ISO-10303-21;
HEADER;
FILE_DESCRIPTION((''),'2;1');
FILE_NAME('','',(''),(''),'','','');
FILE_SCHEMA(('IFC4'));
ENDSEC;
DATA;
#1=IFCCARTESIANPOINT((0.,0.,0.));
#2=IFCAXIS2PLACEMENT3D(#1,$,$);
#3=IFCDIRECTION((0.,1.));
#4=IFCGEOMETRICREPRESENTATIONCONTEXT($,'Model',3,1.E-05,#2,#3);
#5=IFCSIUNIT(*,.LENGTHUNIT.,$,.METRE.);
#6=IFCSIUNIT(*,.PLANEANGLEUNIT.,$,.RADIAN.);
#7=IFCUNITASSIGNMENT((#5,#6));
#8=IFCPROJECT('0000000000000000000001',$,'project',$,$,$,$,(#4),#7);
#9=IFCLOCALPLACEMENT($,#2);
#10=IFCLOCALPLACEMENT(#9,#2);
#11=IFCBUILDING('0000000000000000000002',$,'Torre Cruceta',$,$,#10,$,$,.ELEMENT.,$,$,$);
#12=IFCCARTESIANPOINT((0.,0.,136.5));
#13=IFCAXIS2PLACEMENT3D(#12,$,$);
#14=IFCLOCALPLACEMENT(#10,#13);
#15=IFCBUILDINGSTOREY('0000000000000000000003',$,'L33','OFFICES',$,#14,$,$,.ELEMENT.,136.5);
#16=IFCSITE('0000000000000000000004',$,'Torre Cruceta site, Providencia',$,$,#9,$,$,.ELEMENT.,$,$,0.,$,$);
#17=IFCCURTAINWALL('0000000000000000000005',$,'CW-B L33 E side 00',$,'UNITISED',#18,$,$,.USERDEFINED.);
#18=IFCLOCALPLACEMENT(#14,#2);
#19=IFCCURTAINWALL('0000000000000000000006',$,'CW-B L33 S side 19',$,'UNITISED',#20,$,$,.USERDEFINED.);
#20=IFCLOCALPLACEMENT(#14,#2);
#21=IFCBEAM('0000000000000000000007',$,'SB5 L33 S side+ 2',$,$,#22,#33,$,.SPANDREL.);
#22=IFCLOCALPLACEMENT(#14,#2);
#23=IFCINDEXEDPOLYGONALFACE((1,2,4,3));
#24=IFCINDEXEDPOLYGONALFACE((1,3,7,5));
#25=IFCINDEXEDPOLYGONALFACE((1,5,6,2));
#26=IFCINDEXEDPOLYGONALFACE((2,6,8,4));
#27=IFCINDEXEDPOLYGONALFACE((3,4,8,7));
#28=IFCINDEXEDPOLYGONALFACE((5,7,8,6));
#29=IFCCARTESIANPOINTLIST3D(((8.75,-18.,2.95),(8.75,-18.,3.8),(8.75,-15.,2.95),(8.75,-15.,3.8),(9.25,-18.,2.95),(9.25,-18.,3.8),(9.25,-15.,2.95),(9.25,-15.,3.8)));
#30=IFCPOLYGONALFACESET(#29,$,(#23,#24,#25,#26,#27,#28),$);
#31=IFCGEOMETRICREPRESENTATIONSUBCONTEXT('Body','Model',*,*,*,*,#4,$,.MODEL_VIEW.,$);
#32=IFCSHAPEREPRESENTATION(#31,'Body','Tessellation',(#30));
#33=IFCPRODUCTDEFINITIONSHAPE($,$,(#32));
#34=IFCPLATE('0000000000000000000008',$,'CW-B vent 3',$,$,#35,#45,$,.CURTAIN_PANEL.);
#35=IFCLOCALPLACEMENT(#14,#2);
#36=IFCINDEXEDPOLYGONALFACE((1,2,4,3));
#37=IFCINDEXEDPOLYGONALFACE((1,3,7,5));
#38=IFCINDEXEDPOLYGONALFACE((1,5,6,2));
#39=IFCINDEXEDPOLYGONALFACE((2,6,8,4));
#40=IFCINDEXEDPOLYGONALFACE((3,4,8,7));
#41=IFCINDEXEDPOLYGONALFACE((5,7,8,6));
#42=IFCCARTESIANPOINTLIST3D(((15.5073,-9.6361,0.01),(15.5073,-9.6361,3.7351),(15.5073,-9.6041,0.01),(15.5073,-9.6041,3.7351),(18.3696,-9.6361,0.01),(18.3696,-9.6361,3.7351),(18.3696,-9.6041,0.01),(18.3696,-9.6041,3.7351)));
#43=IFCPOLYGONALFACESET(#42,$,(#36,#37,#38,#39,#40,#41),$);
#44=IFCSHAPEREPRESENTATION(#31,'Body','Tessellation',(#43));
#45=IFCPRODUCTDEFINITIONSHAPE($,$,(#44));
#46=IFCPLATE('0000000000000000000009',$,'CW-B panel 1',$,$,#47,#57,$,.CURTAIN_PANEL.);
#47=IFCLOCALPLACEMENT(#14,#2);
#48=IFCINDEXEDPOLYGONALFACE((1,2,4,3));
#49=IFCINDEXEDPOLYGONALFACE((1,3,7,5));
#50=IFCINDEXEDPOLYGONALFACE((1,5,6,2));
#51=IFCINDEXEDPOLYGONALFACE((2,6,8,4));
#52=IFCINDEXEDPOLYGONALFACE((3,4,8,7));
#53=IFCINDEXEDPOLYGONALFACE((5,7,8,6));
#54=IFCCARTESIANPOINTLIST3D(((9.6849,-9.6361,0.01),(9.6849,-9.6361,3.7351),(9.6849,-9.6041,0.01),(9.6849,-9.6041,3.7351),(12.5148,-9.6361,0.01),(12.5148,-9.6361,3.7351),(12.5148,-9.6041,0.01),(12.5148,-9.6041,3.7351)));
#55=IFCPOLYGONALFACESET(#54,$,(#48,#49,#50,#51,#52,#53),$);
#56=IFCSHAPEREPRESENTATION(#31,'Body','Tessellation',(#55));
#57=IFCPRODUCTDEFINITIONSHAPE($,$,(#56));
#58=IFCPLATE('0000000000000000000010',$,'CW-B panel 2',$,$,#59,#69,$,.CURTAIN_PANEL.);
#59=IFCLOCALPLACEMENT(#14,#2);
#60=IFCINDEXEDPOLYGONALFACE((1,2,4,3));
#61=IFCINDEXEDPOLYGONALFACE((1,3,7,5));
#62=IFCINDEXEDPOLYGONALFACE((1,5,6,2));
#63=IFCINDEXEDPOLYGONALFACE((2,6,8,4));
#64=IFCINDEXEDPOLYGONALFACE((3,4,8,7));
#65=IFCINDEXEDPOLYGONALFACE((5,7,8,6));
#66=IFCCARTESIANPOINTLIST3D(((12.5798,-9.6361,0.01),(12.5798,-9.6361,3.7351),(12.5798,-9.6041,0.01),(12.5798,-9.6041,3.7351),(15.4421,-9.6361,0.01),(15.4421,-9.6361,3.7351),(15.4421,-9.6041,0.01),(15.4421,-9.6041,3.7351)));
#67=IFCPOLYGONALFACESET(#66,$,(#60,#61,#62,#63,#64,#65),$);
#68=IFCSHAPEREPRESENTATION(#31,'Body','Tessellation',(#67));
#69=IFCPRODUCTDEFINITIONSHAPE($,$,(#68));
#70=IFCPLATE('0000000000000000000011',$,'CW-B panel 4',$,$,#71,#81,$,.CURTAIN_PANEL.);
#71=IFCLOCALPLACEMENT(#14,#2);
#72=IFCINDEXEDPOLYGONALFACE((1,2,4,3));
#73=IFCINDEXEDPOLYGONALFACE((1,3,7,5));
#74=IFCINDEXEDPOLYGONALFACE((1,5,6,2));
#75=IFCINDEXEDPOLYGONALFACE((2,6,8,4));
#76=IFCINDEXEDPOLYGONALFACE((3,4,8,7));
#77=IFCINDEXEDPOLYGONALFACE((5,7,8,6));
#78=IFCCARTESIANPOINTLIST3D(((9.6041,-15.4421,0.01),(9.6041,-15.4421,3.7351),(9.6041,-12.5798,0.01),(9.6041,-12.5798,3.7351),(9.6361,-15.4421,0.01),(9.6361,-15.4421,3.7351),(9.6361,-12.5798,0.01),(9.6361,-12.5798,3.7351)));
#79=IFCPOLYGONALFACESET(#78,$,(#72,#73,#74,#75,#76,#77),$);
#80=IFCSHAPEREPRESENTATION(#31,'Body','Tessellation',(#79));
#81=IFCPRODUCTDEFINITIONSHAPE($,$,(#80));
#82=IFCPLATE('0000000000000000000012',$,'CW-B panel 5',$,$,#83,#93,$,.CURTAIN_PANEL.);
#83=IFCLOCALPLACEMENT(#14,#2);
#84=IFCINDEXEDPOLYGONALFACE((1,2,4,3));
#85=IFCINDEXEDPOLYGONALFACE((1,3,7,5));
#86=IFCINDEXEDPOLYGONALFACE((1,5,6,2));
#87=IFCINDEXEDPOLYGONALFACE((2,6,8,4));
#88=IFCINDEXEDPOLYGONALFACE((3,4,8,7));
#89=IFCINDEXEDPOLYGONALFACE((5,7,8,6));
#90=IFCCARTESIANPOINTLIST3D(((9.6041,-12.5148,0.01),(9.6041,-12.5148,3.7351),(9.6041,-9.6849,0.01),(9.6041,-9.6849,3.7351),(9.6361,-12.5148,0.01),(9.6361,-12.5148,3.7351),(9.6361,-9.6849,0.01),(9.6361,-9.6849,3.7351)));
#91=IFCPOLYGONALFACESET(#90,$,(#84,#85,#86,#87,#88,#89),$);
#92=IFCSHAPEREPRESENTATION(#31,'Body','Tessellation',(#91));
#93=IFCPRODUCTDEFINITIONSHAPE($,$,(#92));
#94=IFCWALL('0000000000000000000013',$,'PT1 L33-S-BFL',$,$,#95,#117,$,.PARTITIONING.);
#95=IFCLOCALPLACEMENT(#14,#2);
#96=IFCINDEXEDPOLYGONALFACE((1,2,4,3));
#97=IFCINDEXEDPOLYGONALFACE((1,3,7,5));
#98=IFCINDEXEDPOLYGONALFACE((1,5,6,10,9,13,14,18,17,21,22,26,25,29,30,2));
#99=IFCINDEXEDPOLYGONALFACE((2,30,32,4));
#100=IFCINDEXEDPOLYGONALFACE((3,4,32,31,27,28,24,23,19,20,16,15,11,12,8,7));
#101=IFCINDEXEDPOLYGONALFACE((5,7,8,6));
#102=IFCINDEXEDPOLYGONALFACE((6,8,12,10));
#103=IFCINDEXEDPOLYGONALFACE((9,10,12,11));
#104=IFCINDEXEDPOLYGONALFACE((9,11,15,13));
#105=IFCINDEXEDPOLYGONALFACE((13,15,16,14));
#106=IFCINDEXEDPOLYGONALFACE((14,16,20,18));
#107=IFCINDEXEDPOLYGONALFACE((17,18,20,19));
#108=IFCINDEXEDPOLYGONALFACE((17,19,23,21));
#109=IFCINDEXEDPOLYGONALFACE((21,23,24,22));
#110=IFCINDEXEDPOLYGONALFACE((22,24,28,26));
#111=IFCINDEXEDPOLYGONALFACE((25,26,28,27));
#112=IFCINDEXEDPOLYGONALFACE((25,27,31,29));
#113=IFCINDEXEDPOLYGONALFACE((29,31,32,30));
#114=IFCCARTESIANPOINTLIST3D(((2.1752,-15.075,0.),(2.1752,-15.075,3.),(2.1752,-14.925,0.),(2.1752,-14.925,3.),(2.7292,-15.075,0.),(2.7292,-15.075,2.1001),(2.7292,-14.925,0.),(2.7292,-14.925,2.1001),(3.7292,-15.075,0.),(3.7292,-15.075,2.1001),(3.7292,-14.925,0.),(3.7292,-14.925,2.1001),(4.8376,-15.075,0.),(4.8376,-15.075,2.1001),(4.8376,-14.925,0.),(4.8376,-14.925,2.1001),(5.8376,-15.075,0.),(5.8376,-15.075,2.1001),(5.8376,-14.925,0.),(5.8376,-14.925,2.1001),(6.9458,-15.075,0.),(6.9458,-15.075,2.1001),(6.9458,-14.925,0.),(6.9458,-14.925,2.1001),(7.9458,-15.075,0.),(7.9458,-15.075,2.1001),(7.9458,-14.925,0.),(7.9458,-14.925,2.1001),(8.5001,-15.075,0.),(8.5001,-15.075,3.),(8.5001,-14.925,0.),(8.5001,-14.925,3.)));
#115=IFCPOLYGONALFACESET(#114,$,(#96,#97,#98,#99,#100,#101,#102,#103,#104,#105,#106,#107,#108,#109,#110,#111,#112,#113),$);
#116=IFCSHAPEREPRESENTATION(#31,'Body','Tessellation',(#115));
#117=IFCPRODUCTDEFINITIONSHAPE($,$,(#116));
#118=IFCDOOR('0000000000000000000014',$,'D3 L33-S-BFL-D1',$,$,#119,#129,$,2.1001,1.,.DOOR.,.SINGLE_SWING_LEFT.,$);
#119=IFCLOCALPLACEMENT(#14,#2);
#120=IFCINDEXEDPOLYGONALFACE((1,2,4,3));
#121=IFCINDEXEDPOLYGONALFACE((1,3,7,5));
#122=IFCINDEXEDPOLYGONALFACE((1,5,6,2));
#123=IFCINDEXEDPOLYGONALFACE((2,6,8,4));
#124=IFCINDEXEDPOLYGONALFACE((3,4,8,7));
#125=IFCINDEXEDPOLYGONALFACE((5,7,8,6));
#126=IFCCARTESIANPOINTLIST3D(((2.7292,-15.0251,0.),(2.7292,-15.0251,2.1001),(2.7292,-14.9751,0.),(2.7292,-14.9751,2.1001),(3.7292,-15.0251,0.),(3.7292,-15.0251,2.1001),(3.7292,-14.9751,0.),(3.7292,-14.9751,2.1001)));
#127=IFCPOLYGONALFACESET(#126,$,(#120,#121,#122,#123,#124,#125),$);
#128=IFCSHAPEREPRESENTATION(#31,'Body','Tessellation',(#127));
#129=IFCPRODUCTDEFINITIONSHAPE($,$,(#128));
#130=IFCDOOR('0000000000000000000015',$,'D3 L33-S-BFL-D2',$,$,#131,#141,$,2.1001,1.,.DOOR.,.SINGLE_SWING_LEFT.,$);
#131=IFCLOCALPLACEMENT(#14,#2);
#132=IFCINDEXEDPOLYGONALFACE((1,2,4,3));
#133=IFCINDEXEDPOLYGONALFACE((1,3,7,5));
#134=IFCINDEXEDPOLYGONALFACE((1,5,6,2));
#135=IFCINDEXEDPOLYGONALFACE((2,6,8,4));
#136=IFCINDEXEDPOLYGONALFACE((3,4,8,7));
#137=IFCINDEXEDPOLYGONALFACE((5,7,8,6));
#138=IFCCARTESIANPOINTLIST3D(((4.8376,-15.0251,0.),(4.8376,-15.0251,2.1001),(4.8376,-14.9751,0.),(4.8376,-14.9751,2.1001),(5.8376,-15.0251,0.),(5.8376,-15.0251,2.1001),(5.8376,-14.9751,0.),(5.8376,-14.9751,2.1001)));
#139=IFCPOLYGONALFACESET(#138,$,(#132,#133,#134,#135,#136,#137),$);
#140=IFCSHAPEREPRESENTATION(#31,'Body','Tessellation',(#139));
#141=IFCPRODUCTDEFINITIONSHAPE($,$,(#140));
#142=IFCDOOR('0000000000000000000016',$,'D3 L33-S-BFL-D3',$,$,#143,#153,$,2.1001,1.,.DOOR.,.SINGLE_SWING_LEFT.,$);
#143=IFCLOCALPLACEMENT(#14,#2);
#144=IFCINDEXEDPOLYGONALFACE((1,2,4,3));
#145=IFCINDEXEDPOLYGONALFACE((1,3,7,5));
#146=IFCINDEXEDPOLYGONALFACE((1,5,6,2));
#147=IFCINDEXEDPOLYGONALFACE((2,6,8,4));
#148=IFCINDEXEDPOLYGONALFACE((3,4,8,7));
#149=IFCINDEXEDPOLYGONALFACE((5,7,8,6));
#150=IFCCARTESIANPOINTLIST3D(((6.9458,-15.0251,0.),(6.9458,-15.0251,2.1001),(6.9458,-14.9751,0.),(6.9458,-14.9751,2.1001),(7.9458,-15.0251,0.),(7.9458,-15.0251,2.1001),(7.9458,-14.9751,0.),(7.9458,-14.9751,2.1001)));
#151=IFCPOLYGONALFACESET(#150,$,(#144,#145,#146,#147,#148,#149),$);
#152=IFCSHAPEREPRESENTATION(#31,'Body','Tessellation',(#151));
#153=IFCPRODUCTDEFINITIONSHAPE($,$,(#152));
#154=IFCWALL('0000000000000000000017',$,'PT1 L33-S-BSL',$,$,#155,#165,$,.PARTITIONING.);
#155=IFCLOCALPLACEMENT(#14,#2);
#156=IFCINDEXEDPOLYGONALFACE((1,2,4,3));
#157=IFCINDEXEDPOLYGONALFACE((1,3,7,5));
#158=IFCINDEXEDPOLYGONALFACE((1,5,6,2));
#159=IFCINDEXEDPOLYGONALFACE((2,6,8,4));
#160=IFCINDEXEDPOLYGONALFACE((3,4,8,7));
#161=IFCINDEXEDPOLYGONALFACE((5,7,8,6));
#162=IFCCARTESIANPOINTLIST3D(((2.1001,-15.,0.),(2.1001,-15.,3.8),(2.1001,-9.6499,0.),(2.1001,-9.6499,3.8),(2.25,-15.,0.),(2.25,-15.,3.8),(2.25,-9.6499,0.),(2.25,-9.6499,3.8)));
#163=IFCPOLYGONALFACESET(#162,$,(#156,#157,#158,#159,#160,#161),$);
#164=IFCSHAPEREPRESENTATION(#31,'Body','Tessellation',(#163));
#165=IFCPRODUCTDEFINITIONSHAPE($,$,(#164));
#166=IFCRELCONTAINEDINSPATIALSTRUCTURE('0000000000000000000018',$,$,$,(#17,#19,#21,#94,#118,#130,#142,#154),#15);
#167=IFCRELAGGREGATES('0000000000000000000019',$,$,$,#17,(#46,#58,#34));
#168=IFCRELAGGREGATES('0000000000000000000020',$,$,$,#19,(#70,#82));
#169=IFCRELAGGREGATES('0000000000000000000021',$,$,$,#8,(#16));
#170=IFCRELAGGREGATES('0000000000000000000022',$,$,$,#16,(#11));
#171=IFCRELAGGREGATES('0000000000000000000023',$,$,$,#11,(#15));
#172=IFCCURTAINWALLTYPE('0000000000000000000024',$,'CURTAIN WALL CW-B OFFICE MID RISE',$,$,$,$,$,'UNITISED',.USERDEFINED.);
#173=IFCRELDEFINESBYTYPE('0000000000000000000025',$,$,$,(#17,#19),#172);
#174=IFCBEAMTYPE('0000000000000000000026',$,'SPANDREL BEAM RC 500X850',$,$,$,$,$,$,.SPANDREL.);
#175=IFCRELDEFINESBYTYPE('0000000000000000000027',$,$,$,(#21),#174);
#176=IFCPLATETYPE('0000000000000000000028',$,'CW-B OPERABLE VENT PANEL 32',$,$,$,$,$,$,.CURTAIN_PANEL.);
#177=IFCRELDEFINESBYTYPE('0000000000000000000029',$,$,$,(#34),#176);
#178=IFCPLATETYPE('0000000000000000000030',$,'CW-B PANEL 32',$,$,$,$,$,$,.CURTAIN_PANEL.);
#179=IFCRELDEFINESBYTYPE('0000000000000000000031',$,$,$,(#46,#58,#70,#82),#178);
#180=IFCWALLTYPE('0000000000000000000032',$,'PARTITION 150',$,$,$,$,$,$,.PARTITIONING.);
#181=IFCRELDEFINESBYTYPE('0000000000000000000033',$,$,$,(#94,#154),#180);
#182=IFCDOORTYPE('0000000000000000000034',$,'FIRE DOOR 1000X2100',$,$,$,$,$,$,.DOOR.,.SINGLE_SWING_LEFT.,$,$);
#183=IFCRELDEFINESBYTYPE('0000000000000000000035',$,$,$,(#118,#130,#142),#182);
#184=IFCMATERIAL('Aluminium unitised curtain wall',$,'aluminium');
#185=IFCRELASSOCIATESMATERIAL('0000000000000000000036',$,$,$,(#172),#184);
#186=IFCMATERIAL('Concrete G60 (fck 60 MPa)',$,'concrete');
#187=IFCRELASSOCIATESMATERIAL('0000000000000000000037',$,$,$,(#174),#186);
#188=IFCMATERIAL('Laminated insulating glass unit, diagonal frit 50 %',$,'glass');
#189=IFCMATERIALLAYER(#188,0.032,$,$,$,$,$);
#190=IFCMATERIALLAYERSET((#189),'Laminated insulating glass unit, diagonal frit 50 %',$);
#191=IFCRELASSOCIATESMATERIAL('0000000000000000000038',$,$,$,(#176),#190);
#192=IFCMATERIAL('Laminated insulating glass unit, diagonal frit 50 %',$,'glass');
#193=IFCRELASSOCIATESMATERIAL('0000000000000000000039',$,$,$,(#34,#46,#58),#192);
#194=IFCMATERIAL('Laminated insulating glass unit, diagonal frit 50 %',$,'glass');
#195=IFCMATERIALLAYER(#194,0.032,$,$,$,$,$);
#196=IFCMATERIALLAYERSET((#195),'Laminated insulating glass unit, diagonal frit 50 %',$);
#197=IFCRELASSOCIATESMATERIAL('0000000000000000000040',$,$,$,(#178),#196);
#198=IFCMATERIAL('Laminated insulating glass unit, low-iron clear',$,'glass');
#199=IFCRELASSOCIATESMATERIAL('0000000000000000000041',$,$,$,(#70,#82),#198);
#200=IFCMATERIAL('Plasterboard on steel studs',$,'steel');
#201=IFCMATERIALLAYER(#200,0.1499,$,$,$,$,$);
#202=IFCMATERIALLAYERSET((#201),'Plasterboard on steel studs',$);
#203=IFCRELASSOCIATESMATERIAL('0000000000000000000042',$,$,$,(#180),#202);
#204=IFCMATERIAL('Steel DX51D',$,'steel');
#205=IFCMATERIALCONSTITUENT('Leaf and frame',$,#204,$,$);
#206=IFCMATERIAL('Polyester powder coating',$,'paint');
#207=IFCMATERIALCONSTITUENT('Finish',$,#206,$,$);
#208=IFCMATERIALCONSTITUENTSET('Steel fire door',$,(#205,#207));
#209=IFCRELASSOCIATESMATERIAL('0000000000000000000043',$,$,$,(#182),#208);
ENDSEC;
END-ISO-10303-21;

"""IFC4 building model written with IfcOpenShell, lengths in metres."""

from ifc_helpers import new_model, si_unit, direction, frame, frame_2d, origin, origin_2d, place, context, subcontext, project, spatial, rectangle, extrude, material, layer, layer_set, constituent, constituent_set, material_profile, profile_set, type_object, element, fill, aggregate, save


model = new_model("IFC4")

# Units and contexts
model_context = context("Model", 3, precision=1e-05, world=origin(), true_north=direction((0.0, 1.0)))
body_context = subcontext(model_context, "Body", "Model", "MODEL_VIEW")
ifc_project = project(units=[si_unit("LENGTHUNIT", "METRE"), si_unit("PLANEANGLEUNIT", "RADIAN")], contexts=[model_context])

# Site, building, storey
site_placement = place(None, origin())
site = spatial("IfcSite", under=ifc_project, at=site_placement, Name="Torre Cruceta site, Providencia", CompositionType="ELEMENT", RefElevation=0.0)
building_placement = place(site_placement, origin())
building = spatial("IfcBuilding", under=site, at=building_placement, Name="Torre Cruceta", CompositionType="ELEMENT")
storey_placement = place(building_placement, frame((0.0, 0.0, 136.5)))
storey = spatial("IfcBuildingStorey", under=building, at=storey_placement, Name="L33", Description="OFFICES", CompositionType="ELEMENT", Elevation=136.5)

# Curtain walls
ifc_material_1 = material(Name="Aluminium unitised curtain wall", Category="aluminium")
curtain_wall_type = type_object("IfcCurtainWallType", Name="CURTAIN WALL CW-B OFFICE MID RISE", ElementType="UNITISED", PredefinedType="USERDEFINED", material=ifc_material_1)
curtain_wall_1_placement = place(storey_placement, origin())
curtain_wall_1 = element("IfcCurtainWall", 1, at=curtain_wall_1_placement, inside=storey, type_object=curtain_wall_type, Name="CW-B L33 E side 00", ObjectType="UNITISED", PredefinedType="USERDEFINED")
curtain_wall_2_placement = place(storey_placement, origin())
curtain_wall_2 = element("IfcCurtainWall", 2, at=curtain_wall_2_placement, inside=storey, type_object=curtain_wall_type, Name="CW-B L33 S side 19", ObjectType="UNITISED", PredefinedType="USERDEFINED")

# Beam
ifc_material_2 = material(Name="Concrete G60 (fck 60 MPa)", Category="concrete")
ifc_material_profile_1 = material_profile(ifc_material_2, rectangle(XDim=0.5, YDim=0.8501, at=origin_2d()), Name="RC 500X850")
ifc_profile_set_1 = profile_set([ifc_material_profile_1], Name="Concrete G60 (fck 60 MPa)")
beam_type_1 = type_object("IfcBeamType", Name="SPANDREL BEAM RC 500X850", PredefinedType="SPANDREL", material=ifc_profile_set_1)
beam_1_placement = place(storey_placement, frame((9.0, -15.0, 3.375), z_axis=(0.0, -1.0, 0.0), x_axis=(1.0, 0.0, 0.0)))
element("IfcBeam", 3, at=beam_1_placement, inside=storey, type_object=beam_type_1, Name="SB5 L33 S side+ 2", PredefinedType="SPANDREL", context=body_context, shape_type="SweptSolid", body=[
    extrude(rectangle(XDim=0.5, YDim=0.8501, at=origin_2d()), origin(), (0.0, 0.0, 1.0), 3.0),
])

# Plates
ifc_material_3 = material(Name="Laminated insulating glass unit, diagonal frit 50 %", Category="glass")
ifc_material_4 = material(Name="Laminated insulating glass unit, diagonal frit 50 %", Category="glass")
ifc_layer_1 = layer(ifc_material_4, 0.032)
ifc_layer_set_1 = layer_set([ifc_layer_1], Name="Laminated insulating glass unit, diagonal frit 50 %")
plate_type_1 = type_object("IfcPlateType", Name="CW-B OPERABLE VENT PANEL 32", PredefinedType="CURTAIN_PANEL", material=ifc_layer_set_1)
plate_1_placement = place(storey_placement, frame((16.9385, -9.6201, 0.01), z_axis=(0.0, 0.0, 1.0), x_axis=(1.0, 0.0, 0.0)))
plate_1 = element("IfcPlate", 4, at=plate_1_placement, type_object=plate_type_1, material=ifc_material_3, Name="CW-B vent 3", PredefinedType="CURTAIN_PANEL", context=body_context, shape_type="SweptSolid", body=[
    extrude(rectangle(XDim=2.8623, YDim=0.032, at=origin_2d()), origin(), (0.0, 0.0, 1.0), 3.7251),
])
ifc_material_5 = material(Name="Laminated insulating glass unit, diagonal frit 50 %", Category="glass")
ifc_layer_2 = layer(ifc_material_5, 0.032)
ifc_layer_set_2 = layer_set([ifc_layer_2], Name="Laminated insulating glass unit, diagonal frit 50 %")
plate_type_2 = type_object("IfcPlateType", Name="CW-B PANEL 32", PredefinedType="CURTAIN_PANEL", material=ifc_layer_set_2)
plate_2_placement = place(storey_placement, frame((11.0999, -9.6201, 0.01), z_axis=(0.0, 0.0, 1.0), x_axis=(1.0, 0.0, 0.0)))
plate_2 = element("IfcPlate", 5, at=plate_2_placement, type_object=plate_type_2, material=ifc_material_3, Name="CW-B panel 1", PredefinedType="CURTAIN_PANEL", context=body_context, shape_type="SweptSolid", body=[
    extrude(rectangle(XDim=2.8298, YDim=0.032, at=origin_2d()), origin(), (0.0, 0.0, 1.0), 3.7251),
])
plate_3_placement = place(storey_placement, frame((14.011, -9.6201, 0.01), z_axis=(0.0, 0.0, 1.0), x_axis=(1.0, 0.0, 0.0)))
plate_3 = element("IfcPlate", 6, at=plate_3_placement, type_object=plate_type_2, material=ifc_material_3, Name="CW-B panel 2", PredefinedType="CURTAIN_PANEL", context=body_context, shape_type="SweptSolid", body=[
    extrude(rectangle(XDim=2.8623, YDim=0.032, at=origin_2d()), origin(), (0.0, 0.0, 1.0), 3.7251),
])
aggregate(curtain_wall_1, [plate_2, plate_3, plate_1])
ifc_material_6 = material(Name="Laminated insulating glass unit, low-iron clear", Category="glass")
plate_4_placement = place(storey_placement, frame((9.6201, -14.011, 0.01), z_axis=(0.0, 0.0, 1.0), x_axis=(0.0, 1.0, 0.0)))
plate_4 = element("IfcPlate", 7, at=plate_4_placement, type_object=plate_type_2, material=ifc_material_6, Name="CW-B panel 4", PredefinedType="CURTAIN_PANEL", context=body_context, shape_type="SweptSolid", body=[
    extrude(rectangle(XDim=2.8623, YDim=0.032, at=origin_2d()), origin(), (0.0, 0.0, 1.0), 3.7251),
])
plate_5_placement = place(storey_placement, frame((9.6201, -11.0999, 0.01), z_axis=(0.0, 0.0, 1.0), x_axis=(0.0, 1.0, 0.0)))
plate_5 = element("IfcPlate", 8, at=plate_5_placement, type_object=plate_type_2, material=ifc_material_6, Name="CW-B panel 5", PredefinedType="CURTAIN_PANEL", context=body_context, shape_type="SweptSolid", body=[
    extrude(rectangle(XDim=2.8298, YDim=0.032, at=origin_2d()), origin(), (0.0, 0.0, 1.0), 3.7251),
])
aggregate(curtain_wall_2, [plate_4, plate_5])

# Wall, openings, doors
ifc_material_7 = material(Name="Plasterboard on steel studs", Category="steel")
ifc_layer_3 = layer(ifc_material_7, 0.1499)
ifc_layer_set_3 = layer_set([ifc_layer_3], Name="Plasterboard on steel studs")
wall_type_1 = type_object("IfcWallType", Name="PARTITION 150", PredefinedType="PARTITIONING", material=ifc_layer_set_3)
wall_1_placement = place(storey_placement, frame((2.175, -15.0, 0.0), z_axis=(0.0, 0.0, 1.0), x_axis=(1.0, 0.0, 0.0)))
wall_1 = element("IfcWall", 9, at=wall_1_placement, inside=storey, type_object=wall_type_1, Name="PT1 L33-S-BFL", PredefinedType="PARTITIONING", context=body_context, shape_type="SweptSolid", body=[
    extrude(rectangle(XDim=6.325, YDim=0.1499, at=frame_2d((3.1626, 0.0))), origin(), (0.0, 0.0, 1.0), 3.0),
])
opening_1_placement = place(wall_1_placement, frame((0.5542, 0.0, 0.0)))
opening_1 = element("IfcOpeningElement", 10, at=opening_1_placement, cuts=wall_1, PredefinedType="OPENING", context=body_context, shape_type="SweptSolid", body=[
    extrude(rectangle(XDim=1.0, YDim=2.1001, at=frame_2d((0.5, 1.05))), frame((0.0, 0.085, 0.0), z_axis=(0.0, -1.0, 0.0), x_axis=(1.0, 0.0, 0.0)), (0.0, 0.0, 1.0), 0.1699),
])
opening_2_placement = place(wall_1_placement, frame((2.6626, 0.0, 0.0)))
opening_2 = element("IfcOpeningElement", 11, at=opening_2_placement, cuts=wall_1, PredefinedType="OPENING", context=body_context, shape_type="SweptSolid", body=[
    extrude(rectangle(XDim=1.0, YDim=2.1001, at=frame_2d((0.5, 1.05))), frame((0.0, 0.085, 0.0), z_axis=(0.0, -1.0, 0.0), x_axis=(1.0, 0.0, 0.0)), (0.0, 0.0, 1.0), 0.1699),
])
opening_3_placement = place(wall_1_placement, frame((4.7708, 0.0, 0.0)))
opening_3 = element("IfcOpeningElement", 12, at=opening_3_placement, cuts=wall_1, PredefinedType="OPENING", context=body_context, shape_type="SweptSolid", body=[
    extrude(rectangle(XDim=1.0, YDim=2.1001, at=frame_2d((0.5, 1.05))), frame((0.0, 0.085, 0.0), z_axis=(0.0, -1.0, 0.0), x_axis=(1.0, 0.0, 0.0)), (0.0, 0.0, 1.0), 0.1699),
])
ifc_material_8 = material(Name="Steel DX51D", Category="steel")
ifc_constituent_1 = constituent(ifc_material_8, Name="Leaf and frame")
ifc_material_9 = material(Name="Polyester powder coating", Category="paint")
ifc_constituent_2 = constituent(ifc_material_9, Name="Finish")
ifc_constituent_set = constituent_set(constituents=[ifc_constituent_1, ifc_constituent_2], Name="Steel fire door")
door_type = type_object("IfcDoorType", Name="FIRE DOOR 1000X2100", OperationType="SINGLE_SWING_LEFT", PredefinedType="DOOR", material=ifc_constituent_set)
door_1_placement = place(opening_1_placement, origin())
door_1 = element("IfcDoor", 13, at=door_1_placement, inside=storey, type_object=door_type, Name="D3 L33-S-BFL-D1", OperationType="SINGLE_SWING_LEFT", OverallHeight=2.1001, OverallWidth=1.0, PredefinedType="DOOR", context=body_context, shape_type="SweptSolid", body=[
    extrude(rectangle(XDim=1.0, YDim=2.1001, at=frame_2d((0.5, 1.05))), frame((0.0, 0.0249, 0.0), z_axis=(0.0, -1.0, 0.0), x_axis=(1.0, 0.0, 0.0)), (0.0, 0.0, 1.0), 0.05),
])
fill(opening_1, door_1)
door_2_placement = place(opening_2_placement, origin())
door_2 = element("IfcDoor", 14, at=door_2_placement, inside=storey, type_object=door_type, Name="D3 L33-S-BFL-D2", OperationType="SINGLE_SWING_LEFT", OverallHeight=2.1001, OverallWidth=1.0, PredefinedType="DOOR", context=body_context, shape_type="SweptSolid", body=[
    extrude(rectangle(XDim=1.0, YDim=2.1001, at=frame_2d((0.5, 1.05))), frame((0.0, 0.0249, 0.0), z_axis=(0.0, -1.0, 0.0), x_axis=(1.0, 0.0, 0.0)), (0.0, 0.0, 1.0), 0.05),
])
fill(opening_2, door_2)
door_3_placement = place(opening_3_placement, origin())
door_3 = element("IfcDoor", 15, at=door_3_placement, inside=storey, type_object=door_type, Name="D3 L33-S-BFL-D3", OperationType="SINGLE_SWING_LEFT", OverallHeight=2.1001, OverallWidth=1.0, PredefinedType="DOOR", context=body_context, shape_type="SweptSolid", body=[
    extrude(rectangle(XDim=1.0, YDim=2.1001, at=frame_2d((0.5, 1.05))), frame((0.0, 0.0249, 0.0), z_axis=(0.0, -1.0, 0.0), x_axis=(1.0, 0.0, 0.0)), (0.0, 0.0, 1.0), 0.05),
])
fill(opening_3, door_3)

# Wall
wall_2_placement = place(storey_placement, frame((2.175, -9.6499, 0.0), z_axis=(0.0, 0.0, 1.0), x_axis=(0.0, -1.0, 0.0)))
element("IfcWall", 16, at=wall_2_placement, inside=storey, type_object=wall_type_1, Name="PT1 L33-S-BSL", PredefinedType="PARTITIONING", context=body_context, shape_type="SweptSolid", body=[
    extrude(rectangle(XDim=5.3501, YDim=0.1499, at=frame_2d((2.675, 0.0))), origin(), (0.0, 0.0, 1.0), 3.8),
])

save(model, "model.ifc")
